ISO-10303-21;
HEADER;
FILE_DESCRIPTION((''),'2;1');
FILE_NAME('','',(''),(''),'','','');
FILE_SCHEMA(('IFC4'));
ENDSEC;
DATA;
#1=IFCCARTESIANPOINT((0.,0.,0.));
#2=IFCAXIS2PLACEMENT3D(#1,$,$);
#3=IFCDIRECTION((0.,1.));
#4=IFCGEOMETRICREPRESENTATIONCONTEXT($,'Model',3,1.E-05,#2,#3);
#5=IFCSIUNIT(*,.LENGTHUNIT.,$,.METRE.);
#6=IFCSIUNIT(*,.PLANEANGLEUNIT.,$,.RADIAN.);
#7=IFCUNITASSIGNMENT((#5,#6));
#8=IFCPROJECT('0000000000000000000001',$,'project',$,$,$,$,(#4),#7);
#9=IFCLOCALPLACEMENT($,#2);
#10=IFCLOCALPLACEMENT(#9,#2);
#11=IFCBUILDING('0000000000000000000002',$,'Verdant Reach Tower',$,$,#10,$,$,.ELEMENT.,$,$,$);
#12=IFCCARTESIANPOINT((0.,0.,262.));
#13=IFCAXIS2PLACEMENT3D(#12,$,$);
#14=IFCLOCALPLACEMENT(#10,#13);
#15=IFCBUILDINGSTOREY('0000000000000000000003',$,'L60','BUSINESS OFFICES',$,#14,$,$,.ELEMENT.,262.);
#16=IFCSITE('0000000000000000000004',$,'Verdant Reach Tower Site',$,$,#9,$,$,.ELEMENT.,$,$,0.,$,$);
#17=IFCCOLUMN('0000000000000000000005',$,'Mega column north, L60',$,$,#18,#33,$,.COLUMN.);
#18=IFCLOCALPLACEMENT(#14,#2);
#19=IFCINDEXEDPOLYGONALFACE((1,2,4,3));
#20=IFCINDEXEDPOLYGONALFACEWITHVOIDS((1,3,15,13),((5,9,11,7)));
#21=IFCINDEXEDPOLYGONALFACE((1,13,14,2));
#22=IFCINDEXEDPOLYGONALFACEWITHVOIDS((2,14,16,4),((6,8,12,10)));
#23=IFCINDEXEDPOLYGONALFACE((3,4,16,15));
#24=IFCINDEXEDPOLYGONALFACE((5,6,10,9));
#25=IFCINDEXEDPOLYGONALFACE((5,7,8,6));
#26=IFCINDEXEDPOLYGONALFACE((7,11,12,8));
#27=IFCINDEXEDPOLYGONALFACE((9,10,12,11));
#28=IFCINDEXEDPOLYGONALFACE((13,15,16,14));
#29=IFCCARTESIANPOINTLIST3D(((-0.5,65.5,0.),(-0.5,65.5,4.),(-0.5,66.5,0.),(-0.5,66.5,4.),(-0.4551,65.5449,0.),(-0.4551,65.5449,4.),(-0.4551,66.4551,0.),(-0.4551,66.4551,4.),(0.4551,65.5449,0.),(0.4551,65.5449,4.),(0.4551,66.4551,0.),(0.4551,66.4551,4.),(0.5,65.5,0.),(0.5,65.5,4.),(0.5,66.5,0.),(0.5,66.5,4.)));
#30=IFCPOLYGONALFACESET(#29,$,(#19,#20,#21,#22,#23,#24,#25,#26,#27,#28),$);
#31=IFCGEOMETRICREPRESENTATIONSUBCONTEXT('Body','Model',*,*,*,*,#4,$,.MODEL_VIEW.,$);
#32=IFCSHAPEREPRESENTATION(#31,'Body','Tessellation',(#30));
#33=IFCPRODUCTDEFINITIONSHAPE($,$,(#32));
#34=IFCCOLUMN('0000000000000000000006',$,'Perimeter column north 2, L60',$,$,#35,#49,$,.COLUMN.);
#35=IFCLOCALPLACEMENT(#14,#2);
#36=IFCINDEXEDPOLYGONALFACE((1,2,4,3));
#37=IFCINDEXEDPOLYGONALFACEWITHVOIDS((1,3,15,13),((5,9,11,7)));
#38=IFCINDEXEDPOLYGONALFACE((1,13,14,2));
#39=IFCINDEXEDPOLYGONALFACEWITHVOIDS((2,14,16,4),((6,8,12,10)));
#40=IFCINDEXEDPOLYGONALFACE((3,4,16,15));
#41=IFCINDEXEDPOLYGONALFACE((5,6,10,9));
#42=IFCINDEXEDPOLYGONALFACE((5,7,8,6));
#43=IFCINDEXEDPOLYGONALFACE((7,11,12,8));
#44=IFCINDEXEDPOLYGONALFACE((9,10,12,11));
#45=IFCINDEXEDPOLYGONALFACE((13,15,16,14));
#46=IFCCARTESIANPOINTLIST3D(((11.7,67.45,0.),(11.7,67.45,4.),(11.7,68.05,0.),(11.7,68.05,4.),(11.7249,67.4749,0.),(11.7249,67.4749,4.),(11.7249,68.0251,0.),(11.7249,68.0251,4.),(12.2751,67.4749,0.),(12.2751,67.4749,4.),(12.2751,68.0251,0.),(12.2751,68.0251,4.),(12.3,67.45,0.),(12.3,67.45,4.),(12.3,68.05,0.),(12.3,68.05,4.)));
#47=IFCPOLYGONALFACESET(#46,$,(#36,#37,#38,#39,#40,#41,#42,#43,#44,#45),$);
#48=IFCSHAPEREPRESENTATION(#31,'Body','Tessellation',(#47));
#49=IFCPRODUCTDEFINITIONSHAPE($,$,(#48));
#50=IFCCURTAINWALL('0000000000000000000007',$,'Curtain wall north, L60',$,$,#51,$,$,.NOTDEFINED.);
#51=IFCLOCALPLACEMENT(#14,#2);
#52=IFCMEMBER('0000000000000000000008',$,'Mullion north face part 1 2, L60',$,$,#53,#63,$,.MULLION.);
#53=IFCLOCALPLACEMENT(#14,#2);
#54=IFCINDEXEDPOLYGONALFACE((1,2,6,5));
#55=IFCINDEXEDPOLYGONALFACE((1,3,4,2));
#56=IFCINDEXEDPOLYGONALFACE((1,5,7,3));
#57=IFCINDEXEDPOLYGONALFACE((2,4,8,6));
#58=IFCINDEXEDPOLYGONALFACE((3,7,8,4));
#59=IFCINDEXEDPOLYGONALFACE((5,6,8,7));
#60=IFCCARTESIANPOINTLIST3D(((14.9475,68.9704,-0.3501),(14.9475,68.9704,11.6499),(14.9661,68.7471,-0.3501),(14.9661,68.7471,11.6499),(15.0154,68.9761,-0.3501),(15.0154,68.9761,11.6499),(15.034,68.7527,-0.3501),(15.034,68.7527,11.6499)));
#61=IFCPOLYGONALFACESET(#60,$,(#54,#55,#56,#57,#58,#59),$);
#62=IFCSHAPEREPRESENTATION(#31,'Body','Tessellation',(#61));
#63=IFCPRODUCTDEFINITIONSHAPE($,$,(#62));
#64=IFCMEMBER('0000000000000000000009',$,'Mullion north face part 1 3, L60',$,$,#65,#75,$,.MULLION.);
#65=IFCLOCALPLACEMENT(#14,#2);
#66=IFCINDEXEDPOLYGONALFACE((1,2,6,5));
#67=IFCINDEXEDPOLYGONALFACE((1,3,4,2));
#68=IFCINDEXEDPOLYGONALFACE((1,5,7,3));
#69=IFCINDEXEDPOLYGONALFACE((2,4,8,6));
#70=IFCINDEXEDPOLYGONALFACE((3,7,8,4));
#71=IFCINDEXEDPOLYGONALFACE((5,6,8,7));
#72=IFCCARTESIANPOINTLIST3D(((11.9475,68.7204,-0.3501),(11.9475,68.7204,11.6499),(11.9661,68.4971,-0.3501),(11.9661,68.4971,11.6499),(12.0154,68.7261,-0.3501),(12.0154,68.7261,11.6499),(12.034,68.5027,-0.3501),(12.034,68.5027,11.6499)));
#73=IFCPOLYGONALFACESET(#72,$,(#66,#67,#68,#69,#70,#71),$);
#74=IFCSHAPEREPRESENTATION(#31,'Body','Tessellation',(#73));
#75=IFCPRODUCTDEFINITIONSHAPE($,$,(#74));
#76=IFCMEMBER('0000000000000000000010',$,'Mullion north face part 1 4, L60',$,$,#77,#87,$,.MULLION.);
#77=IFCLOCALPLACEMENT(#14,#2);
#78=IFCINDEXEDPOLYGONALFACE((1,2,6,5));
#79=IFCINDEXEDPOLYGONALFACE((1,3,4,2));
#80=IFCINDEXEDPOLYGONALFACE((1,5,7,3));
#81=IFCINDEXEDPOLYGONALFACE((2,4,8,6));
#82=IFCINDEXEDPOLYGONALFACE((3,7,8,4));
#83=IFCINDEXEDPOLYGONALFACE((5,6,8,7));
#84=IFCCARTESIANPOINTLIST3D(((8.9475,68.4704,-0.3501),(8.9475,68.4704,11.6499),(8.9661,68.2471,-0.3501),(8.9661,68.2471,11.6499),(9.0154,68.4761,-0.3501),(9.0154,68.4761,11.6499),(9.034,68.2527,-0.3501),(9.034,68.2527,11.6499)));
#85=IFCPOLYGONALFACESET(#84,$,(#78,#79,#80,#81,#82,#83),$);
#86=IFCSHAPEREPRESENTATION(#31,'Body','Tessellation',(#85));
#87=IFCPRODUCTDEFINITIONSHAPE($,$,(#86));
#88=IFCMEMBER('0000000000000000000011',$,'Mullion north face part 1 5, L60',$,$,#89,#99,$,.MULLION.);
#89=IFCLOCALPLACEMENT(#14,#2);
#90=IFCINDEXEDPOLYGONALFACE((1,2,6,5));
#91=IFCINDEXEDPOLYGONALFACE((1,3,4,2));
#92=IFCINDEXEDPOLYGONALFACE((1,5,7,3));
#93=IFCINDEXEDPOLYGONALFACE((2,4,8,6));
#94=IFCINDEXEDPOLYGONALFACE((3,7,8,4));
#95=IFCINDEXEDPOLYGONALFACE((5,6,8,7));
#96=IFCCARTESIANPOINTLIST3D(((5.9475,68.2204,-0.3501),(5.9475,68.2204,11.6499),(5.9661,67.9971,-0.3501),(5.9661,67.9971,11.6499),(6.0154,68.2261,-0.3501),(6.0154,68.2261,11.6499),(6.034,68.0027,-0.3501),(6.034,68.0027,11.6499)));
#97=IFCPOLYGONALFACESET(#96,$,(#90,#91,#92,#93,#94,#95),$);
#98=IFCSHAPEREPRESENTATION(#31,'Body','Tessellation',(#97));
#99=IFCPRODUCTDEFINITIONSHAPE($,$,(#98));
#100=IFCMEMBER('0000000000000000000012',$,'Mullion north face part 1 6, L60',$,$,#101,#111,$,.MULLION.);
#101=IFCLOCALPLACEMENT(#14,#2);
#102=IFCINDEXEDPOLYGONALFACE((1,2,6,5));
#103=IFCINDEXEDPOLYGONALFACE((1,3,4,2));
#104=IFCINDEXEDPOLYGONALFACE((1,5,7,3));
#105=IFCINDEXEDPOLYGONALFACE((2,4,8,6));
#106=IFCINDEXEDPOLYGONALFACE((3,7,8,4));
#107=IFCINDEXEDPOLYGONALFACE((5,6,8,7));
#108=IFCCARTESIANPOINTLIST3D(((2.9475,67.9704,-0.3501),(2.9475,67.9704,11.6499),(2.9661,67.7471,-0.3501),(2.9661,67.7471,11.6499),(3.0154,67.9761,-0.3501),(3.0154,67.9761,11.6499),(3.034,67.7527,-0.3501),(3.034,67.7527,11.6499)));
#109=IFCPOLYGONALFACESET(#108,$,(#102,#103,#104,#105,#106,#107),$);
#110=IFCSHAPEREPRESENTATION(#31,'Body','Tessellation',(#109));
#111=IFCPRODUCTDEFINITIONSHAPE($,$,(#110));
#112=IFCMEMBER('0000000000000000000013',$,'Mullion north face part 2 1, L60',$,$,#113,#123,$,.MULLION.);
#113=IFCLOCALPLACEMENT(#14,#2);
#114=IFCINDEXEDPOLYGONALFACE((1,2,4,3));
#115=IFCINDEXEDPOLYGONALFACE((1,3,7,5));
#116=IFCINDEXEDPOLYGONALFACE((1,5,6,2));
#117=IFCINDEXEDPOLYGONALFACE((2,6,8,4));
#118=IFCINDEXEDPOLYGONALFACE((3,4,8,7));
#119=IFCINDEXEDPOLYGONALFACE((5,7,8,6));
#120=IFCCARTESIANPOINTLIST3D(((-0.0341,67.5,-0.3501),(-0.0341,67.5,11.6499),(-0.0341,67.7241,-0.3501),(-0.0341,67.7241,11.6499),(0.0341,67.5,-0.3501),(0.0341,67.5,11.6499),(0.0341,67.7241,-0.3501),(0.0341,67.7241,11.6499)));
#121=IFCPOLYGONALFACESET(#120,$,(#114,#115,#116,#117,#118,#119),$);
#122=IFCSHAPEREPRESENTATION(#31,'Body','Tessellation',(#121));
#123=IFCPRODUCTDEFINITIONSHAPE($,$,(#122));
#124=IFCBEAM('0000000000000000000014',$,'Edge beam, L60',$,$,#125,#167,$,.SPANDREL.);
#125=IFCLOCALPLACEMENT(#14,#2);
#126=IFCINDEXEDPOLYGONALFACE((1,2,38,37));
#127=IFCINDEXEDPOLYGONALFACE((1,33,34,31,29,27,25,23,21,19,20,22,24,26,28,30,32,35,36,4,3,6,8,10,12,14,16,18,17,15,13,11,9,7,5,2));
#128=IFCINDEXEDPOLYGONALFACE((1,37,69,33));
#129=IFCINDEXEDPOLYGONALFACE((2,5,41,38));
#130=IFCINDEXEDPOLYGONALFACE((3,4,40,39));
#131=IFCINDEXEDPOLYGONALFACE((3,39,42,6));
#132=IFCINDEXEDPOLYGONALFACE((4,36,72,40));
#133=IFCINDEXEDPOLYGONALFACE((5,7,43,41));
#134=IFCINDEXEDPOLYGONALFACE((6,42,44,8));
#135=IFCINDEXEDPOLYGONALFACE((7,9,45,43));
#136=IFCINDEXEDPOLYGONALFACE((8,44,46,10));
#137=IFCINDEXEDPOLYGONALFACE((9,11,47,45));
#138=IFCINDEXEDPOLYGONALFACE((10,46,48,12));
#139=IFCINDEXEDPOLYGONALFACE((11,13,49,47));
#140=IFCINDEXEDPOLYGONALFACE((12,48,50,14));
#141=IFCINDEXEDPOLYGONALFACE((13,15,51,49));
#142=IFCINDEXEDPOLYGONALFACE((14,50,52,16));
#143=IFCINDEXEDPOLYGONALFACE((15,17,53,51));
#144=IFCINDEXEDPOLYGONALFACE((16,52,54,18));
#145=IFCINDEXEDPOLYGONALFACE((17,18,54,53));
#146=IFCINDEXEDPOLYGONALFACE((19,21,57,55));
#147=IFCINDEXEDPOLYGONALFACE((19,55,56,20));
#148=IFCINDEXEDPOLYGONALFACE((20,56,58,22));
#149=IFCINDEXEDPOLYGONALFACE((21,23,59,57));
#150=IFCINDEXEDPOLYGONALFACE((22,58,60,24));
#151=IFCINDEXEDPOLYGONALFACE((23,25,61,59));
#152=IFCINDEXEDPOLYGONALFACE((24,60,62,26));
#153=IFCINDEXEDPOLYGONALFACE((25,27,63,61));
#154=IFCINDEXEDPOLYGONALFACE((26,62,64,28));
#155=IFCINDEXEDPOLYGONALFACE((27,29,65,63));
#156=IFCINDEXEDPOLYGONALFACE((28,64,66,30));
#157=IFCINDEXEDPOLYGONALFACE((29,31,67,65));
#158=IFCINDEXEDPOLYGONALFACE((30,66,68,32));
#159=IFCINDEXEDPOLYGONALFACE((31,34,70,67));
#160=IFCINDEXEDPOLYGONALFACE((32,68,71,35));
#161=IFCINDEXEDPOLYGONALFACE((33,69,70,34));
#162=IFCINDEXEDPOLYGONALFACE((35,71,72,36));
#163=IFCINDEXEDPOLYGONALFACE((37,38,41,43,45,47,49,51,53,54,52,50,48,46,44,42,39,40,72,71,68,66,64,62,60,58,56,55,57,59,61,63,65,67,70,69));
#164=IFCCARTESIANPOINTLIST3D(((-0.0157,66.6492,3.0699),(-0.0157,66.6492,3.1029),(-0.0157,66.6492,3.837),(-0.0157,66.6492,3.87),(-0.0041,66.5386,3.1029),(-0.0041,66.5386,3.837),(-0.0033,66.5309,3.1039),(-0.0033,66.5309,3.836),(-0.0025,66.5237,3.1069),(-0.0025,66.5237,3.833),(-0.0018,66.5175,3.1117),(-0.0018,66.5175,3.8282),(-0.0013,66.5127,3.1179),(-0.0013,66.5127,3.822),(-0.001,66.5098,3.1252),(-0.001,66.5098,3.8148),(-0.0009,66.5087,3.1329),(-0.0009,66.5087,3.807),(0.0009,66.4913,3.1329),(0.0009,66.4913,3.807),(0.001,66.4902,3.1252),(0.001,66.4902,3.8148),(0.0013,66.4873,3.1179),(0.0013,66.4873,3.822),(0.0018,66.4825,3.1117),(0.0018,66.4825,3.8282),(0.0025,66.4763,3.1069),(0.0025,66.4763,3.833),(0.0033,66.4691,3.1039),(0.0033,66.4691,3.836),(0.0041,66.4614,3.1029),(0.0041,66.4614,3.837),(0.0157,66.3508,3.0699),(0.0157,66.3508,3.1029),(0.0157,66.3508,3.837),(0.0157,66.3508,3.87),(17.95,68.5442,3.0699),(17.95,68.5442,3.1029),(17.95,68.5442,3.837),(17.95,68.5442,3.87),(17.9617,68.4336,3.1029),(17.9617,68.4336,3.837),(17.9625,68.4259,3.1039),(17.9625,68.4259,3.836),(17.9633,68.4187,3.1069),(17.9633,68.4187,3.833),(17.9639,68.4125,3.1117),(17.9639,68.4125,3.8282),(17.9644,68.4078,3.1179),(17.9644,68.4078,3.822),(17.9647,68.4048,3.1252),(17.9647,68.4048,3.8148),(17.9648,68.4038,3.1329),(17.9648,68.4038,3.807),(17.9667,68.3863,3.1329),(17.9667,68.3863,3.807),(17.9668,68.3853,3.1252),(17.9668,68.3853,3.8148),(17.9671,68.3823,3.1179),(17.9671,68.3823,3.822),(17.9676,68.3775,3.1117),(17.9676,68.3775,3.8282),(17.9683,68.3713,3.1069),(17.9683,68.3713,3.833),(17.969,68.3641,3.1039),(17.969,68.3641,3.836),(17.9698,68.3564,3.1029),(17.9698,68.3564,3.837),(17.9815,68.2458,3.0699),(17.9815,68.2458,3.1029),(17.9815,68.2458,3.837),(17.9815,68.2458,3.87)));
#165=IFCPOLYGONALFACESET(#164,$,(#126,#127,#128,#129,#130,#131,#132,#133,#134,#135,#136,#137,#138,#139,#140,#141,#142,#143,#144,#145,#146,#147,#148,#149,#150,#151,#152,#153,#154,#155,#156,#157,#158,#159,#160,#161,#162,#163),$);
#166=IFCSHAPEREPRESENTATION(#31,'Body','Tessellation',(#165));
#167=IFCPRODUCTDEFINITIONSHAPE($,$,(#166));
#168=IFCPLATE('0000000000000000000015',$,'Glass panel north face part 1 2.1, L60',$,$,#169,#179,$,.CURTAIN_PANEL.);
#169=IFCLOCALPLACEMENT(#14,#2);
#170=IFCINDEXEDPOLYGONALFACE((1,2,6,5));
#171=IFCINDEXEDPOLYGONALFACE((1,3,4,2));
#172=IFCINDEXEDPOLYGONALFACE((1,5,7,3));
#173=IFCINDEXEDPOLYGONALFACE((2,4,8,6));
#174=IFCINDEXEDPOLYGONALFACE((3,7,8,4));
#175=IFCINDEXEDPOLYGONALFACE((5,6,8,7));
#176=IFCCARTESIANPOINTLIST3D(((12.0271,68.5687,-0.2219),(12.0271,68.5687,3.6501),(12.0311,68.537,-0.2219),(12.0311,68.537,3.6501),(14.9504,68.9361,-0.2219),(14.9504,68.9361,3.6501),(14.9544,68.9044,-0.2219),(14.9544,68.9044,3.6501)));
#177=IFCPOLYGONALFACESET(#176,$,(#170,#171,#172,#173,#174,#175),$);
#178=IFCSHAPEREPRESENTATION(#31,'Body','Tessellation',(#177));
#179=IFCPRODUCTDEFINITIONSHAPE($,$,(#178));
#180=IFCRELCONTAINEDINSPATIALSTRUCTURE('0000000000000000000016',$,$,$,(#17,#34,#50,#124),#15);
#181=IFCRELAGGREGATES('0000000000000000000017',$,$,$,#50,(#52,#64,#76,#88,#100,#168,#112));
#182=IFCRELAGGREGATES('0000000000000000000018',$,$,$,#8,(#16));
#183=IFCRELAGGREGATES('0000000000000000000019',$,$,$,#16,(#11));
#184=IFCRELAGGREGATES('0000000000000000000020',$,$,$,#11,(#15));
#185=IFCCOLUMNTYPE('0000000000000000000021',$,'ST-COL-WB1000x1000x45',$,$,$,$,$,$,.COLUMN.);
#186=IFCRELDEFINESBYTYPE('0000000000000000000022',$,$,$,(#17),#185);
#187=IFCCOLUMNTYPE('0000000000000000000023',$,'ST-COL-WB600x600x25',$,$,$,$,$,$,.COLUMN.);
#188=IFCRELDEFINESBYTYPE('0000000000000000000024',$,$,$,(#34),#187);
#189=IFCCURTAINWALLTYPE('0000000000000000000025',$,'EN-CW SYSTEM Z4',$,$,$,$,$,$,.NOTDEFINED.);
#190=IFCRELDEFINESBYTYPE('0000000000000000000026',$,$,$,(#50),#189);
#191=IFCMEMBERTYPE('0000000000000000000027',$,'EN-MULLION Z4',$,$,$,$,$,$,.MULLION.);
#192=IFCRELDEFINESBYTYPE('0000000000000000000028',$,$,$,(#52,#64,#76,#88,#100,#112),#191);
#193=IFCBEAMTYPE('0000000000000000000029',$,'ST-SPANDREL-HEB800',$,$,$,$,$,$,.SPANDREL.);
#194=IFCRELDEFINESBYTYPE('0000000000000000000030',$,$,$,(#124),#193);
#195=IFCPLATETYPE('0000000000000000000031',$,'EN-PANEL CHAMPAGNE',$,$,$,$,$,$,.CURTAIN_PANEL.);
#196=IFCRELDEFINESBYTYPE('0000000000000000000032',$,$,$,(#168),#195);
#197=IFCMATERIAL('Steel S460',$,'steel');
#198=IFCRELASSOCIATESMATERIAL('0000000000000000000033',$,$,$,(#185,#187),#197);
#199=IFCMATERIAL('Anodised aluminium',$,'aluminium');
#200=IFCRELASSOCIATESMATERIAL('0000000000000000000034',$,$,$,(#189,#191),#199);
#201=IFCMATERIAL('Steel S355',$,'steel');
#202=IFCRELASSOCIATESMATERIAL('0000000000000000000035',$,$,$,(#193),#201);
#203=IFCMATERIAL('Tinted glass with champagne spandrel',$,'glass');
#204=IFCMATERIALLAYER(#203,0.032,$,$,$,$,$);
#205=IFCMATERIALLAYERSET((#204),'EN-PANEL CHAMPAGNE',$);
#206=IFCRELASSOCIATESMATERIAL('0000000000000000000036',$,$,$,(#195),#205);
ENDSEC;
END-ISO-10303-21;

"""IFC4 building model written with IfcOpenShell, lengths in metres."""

from ifc_helpers import new_model, si_unit, direction, frame, origin, origin_2d, place, context, subcontext, project, spatial, rectangle, hollow_rectangle, i_section, extrude, material, layer, layer_set, material_profile, profile_set, type_object, element, aggregate, save


model = new_model("IFC4")

# Units and contexts
model_context = context("Model", 3, precision=1e-05, world=origin(), true_north=direction((0.0, 1.0)))
body_context = subcontext(model_context, "Body", "Model", "MODEL_VIEW")
ifc_project = project(units=[si_unit("LENGTHUNIT", "METRE"), si_unit("PLANEANGLEUNIT", "RADIAN")], contexts=[model_context])

# Site, building, storey
site_placement = place(None, origin())
site = spatial("IfcSite", under=ifc_project, at=site_placement, Name="Verdant Reach Tower Site", CompositionType="ELEMENT", RefElevation=0.0)
building_placement = place(site_placement, origin())
building = spatial("IfcBuilding", under=site, at=building_placement, Name="Verdant Reach Tower", CompositionType="ELEMENT")
storey_placement = place(building_placement, frame((0.0, 0.0, 262.0)))
storey = spatial("IfcBuildingStorey", under=building, at=storey_placement, Name="L60", Description="BUSINESS OFFICES", CompositionType="ELEMENT", Elevation=262.0)

# Columns
ifc_material_1 = material(Name="Steel S460", Category="steel")
ifc_material_profile_1 = material_profile(ifc_material_1, hollow_rectangle(XDim=1.0, YDim=1.0, WallThickness=0.0449, at=origin_2d()), Name="WB 1000x1000x45")
ifc_profile_set_1 = profile_set([ifc_material_profile_1], Name="Steel S460")
column_type_1 = type_object("IfcColumnType", Name="ST-COL-WB1000x1000x45", PredefinedType="COLUMN", material=ifc_profile_set_1)
column_1_placement = place(storey_placement, frame((0.0, 66.0, 0.0), z_axis=(0.0, 0.0, 1.0), x_axis=(1.0, 0.0, 0.0)))
element("IfcColumn", 1, at=column_1_placement, inside=storey, type_object=column_type_1, Name="Mega column north, L60", PredefinedType="COLUMN", context=body_context, shape_type="SweptSolid", body=[
    extrude(hollow_rectangle(XDim=1.0, YDim=1.0, WallThickness=0.0449, at=origin_2d()), origin(), (0.0, 0.0, 1.0), 4.0),
])
ifc_material_profile_2 = material_profile(ifc_material_1, hollow_rectangle(XDim=0.6001, YDim=0.6001, WallThickness=0.0249, at=origin_2d()), Name="WB 600x600x25")
ifc_profile_set_2 = profile_set([ifc_material_profile_2], Name="Steel S460")
column_type_2 = type_object("IfcColumnType", Name="ST-COL-WB600x600x25", PredefinedType="COLUMN", material=ifc_profile_set_2)
column_2_placement = place(storey_placement, frame((12.0, 67.75, 0.0), z_axis=(0.0, 0.0, 1.0), x_axis=(1.0, 0.0, 0.0)))
element("IfcColumn", 2, at=column_2_placement, inside=storey, type_object=column_type_2, Name="Perimeter column north 2, L60", PredefinedType="COLUMN", context=body_context, shape_type="SweptSolid", body=[
    extrude(hollow_rectangle(XDim=0.6001, YDim=0.6001, WallThickness=0.0249, at=origin_2d()), origin(), (0.0, 0.0, 1.0), 4.0),
])

# Curtain wall, members
ifc_material_2 = material(Name="Anodised aluminium", Category="aluminium")
curtain_wall_type = type_object("IfcCurtainWallType", Name="EN-CW SYSTEM Z4", PredefinedType="NOTDEFINED", material=ifc_material_2)
curtain_wall_placement = place(storey_placement, origin())
curtain_wall = element("IfcCurtainWall", 3, at=curtain_wall_placement, inside=storey, type_object=curtain_wall_type, Name="Curtain wall north, L60", PredefinedType="NOTDEFINED")
ifc_material_profile_3 = material_profile(ifc_material_2, rectangle(XDim=0.2241, YDim=0.0681, at=origin_2d()), Name="Mullion 68x224")
ifc_profile_set_3 = profile_set([ifc_material_profile_3], Name="Anodised aluminium")
member_type = type_object("IfcMemberType", Name="EN-MULLION Z4", PredefinedType="MULLION", material=ifc_profile_set_3)
member_1_placement = place(storey_placement, frame((14.9907, 68.8616, -0.3501), z_axis=(0.0, 0.0, 1.0), x_axis=(-0.083045, 0.996546, 0.0)))
member_1 = element("IfcMember", 4, at=member_1_placement, type_object=member_type, Name="Mullion north face part 1 2, L60", PredefinedType="MULLION", context=body_context, shape_type="SweptSolid", body=[
    extrude(rectangle(XDim=0.2241, YDim=0.0681, at=origin_2d()), origin(), (0.0, 0.0, 1.0), 12.0),
])
member_2_placement = place(storey_placement, frame((11.9907, 68.6116, -0.3501), z_axis=(0.0, 0.0, 1.0), x_axis=(-0.083045, 0.996546, 0.0)))
member_2 = element("IfcMember", 5, at=member_2_placement, type_object=member_type, Name="Mullion north face part 1 3, L60", PredefinedType="MULLION", context=body_context, shape_type="SweptSolid", body=[
    extrude(rectangle(XDim=0.2241, YDim=0.0681, at=origin_2d()), origin(), (0.0, 0.0, 1.0), 12.0),
])
member_3_placement = place(storey_placement, frame((8.9907, 68.3616, -0.3501), z_axis=(0.0, 0.0, 1.0), x_axis=(-0.083045, 0.996546, 0.0)))
member_3 = element("IfcMember", 6, at=member_3_placement, type_object=member_type, Name="Mullion north face part 1 4, L60", PredefinedType="MULLION", context=body_context, shape_type="SweptSolid", body=[
    extrude(rectangle(XDim=0.2241, YDim=0.0681, at=origin_2d()), origin(), (0.0, 0.0, 1.0), 12.0),
])
member_4_placement = place(storey_placement, frame((5.9907, 68.1116, -0.3501), z_axis=(0.0, 0.0, 1.0), x_axis=(-0.083045, 0.996546, 0.0)))
member_4 = element("IfcMember", 7, at=member_4_placement, type_object=member_type, Name="Mullion north face part 1 5, L60", PredefinedType="MULLION", context=body_context, shape_type="SweptSolid", body=[
    extrude(rectangle(XDim=0.2241, YDim=0.0681, at=origin_2d()), origin(), (0.0, 0.0, 1.0), 12.0),
])
member_5_placement = place(storey_placement, frame((2.9907, 67.8616, -0.3501), z_axis=(0.0, 0.0, 1.0), x_axis=(-0.083045, 0.996546, 0.0)))
member_5 = element("IfcMember", 8, at=member_5_placement, type_object=member_type, Name="Mullion north face part 1 6, L60", PredefinedType="MULLION", context=body_context, shape_type="SweptSolid", body=[
    extrude(rectangle(XDim=0.2241, YDim=0.0681, at=origin_2d()), origin(), (0.0, 0.0, 1.0), 12.0),
])
member_6_placement = place(storey_placement, frame((0.0, 67.6121, -0.3501), z_axis=(0.0, 0.0, 1.0), x_axis=(0.0, 1.0, 0.0)))
member_6 = element("IfcMember", 9, at=member_6_placement, type_object=member_type, Name="Mullion north face part 2 1, L60", PredefinedType="MULLION", context=body_context, shape_type="SweptSolid", body=[
    extrude(rectangle(XDim=0.2241, YDim=0.0681, at=origin_2d()), origin(), (0.0, 0.0, 1.0), 12.0),
])

# Beam
ifc_material_3 = material(Name="Steel S355", Category="steel")
ifc_material_profile_4 = material_profile(ifc_material_3, i_section(OverallWidth=0.3, OverallDepth=0.8, WebThickness=0.0176, FlangeThickness=0.033, FilletRadius=0.03, at=origin_2d()), Name="HEB 800")
ifc_profile_set_4 = profile_set([ifc_material_profile_4], Name="Steel S355")
beam_type = type_object("IfcBeamType", Name="ST-SPANDREL-HEB800", PredefinedType="SPANDREL", material=ifc_profile_set_4)
beam_placement = place(storey_placement, frame((0.0, 66.5, 3.47), z_axis=(0.994483, 0.104897, 0.0), x_axis=(-0.104897, 0.994483, 0.0)))
element("IfcBeam", 10, at=beam_placement, inside=storey, type_object=beam_type, Name="Edge beam, L60", PredefinedType="SPANDREL", context=body_context, shape_type="SweptSolid", body=[
    extrude(i_section(OverallWidth=0.3, OverallDepth=0.8, WebThickness=0.0176, FlangeThickness=0.033, FilletRadius=0.03, at=origin_2d()), origin(), (0.0, 0.0, 1.0), 18.0654),
])

# Plate
ifc_material_4 = material(Name="Tinted glass with champagne spandrel", Category="glass")
ifc_layer_1 = layer(ifc_material_4, 0.032)
ifc_layer_set_1 = layer_set([ifc_layer_1], Name="EN-PANEL CHAMPAGNE")
plate_type_1 = type_object("IfcPlateType", Name="EN-PANEL CHAMPAGNE", PredefinedType="CURTAIN_PANEL", material=ifc_layer_set_1)
plate_1_placement = place(storey_placement, frame((13.4907, 68.7366, -0.2219), z_axis=(0.0, 0.0, 1.0), x_axis=(-0.992194, -0.124704, 0.0)))
plate_1 = element("IfcPlate", 11, at=plate_1_placement, type_object=plate_type_1, Name="Glass panel north face part 1 2.1, L60", PredefinedType="CURTAIN_PANEL", context=body_context, shape_type="SweptSolid", body=[
    extrude(rectangle(XDim=2.9463, YDim=0.032, at=origin_2d()), origin(), (0.0, 0.0, 1.0), 3.8721),
])
aggregate(curtain_wall, [member_1, member_2, member_3, member_4, member_5, plate_1, member_6])

save(model, "model.ifc")
